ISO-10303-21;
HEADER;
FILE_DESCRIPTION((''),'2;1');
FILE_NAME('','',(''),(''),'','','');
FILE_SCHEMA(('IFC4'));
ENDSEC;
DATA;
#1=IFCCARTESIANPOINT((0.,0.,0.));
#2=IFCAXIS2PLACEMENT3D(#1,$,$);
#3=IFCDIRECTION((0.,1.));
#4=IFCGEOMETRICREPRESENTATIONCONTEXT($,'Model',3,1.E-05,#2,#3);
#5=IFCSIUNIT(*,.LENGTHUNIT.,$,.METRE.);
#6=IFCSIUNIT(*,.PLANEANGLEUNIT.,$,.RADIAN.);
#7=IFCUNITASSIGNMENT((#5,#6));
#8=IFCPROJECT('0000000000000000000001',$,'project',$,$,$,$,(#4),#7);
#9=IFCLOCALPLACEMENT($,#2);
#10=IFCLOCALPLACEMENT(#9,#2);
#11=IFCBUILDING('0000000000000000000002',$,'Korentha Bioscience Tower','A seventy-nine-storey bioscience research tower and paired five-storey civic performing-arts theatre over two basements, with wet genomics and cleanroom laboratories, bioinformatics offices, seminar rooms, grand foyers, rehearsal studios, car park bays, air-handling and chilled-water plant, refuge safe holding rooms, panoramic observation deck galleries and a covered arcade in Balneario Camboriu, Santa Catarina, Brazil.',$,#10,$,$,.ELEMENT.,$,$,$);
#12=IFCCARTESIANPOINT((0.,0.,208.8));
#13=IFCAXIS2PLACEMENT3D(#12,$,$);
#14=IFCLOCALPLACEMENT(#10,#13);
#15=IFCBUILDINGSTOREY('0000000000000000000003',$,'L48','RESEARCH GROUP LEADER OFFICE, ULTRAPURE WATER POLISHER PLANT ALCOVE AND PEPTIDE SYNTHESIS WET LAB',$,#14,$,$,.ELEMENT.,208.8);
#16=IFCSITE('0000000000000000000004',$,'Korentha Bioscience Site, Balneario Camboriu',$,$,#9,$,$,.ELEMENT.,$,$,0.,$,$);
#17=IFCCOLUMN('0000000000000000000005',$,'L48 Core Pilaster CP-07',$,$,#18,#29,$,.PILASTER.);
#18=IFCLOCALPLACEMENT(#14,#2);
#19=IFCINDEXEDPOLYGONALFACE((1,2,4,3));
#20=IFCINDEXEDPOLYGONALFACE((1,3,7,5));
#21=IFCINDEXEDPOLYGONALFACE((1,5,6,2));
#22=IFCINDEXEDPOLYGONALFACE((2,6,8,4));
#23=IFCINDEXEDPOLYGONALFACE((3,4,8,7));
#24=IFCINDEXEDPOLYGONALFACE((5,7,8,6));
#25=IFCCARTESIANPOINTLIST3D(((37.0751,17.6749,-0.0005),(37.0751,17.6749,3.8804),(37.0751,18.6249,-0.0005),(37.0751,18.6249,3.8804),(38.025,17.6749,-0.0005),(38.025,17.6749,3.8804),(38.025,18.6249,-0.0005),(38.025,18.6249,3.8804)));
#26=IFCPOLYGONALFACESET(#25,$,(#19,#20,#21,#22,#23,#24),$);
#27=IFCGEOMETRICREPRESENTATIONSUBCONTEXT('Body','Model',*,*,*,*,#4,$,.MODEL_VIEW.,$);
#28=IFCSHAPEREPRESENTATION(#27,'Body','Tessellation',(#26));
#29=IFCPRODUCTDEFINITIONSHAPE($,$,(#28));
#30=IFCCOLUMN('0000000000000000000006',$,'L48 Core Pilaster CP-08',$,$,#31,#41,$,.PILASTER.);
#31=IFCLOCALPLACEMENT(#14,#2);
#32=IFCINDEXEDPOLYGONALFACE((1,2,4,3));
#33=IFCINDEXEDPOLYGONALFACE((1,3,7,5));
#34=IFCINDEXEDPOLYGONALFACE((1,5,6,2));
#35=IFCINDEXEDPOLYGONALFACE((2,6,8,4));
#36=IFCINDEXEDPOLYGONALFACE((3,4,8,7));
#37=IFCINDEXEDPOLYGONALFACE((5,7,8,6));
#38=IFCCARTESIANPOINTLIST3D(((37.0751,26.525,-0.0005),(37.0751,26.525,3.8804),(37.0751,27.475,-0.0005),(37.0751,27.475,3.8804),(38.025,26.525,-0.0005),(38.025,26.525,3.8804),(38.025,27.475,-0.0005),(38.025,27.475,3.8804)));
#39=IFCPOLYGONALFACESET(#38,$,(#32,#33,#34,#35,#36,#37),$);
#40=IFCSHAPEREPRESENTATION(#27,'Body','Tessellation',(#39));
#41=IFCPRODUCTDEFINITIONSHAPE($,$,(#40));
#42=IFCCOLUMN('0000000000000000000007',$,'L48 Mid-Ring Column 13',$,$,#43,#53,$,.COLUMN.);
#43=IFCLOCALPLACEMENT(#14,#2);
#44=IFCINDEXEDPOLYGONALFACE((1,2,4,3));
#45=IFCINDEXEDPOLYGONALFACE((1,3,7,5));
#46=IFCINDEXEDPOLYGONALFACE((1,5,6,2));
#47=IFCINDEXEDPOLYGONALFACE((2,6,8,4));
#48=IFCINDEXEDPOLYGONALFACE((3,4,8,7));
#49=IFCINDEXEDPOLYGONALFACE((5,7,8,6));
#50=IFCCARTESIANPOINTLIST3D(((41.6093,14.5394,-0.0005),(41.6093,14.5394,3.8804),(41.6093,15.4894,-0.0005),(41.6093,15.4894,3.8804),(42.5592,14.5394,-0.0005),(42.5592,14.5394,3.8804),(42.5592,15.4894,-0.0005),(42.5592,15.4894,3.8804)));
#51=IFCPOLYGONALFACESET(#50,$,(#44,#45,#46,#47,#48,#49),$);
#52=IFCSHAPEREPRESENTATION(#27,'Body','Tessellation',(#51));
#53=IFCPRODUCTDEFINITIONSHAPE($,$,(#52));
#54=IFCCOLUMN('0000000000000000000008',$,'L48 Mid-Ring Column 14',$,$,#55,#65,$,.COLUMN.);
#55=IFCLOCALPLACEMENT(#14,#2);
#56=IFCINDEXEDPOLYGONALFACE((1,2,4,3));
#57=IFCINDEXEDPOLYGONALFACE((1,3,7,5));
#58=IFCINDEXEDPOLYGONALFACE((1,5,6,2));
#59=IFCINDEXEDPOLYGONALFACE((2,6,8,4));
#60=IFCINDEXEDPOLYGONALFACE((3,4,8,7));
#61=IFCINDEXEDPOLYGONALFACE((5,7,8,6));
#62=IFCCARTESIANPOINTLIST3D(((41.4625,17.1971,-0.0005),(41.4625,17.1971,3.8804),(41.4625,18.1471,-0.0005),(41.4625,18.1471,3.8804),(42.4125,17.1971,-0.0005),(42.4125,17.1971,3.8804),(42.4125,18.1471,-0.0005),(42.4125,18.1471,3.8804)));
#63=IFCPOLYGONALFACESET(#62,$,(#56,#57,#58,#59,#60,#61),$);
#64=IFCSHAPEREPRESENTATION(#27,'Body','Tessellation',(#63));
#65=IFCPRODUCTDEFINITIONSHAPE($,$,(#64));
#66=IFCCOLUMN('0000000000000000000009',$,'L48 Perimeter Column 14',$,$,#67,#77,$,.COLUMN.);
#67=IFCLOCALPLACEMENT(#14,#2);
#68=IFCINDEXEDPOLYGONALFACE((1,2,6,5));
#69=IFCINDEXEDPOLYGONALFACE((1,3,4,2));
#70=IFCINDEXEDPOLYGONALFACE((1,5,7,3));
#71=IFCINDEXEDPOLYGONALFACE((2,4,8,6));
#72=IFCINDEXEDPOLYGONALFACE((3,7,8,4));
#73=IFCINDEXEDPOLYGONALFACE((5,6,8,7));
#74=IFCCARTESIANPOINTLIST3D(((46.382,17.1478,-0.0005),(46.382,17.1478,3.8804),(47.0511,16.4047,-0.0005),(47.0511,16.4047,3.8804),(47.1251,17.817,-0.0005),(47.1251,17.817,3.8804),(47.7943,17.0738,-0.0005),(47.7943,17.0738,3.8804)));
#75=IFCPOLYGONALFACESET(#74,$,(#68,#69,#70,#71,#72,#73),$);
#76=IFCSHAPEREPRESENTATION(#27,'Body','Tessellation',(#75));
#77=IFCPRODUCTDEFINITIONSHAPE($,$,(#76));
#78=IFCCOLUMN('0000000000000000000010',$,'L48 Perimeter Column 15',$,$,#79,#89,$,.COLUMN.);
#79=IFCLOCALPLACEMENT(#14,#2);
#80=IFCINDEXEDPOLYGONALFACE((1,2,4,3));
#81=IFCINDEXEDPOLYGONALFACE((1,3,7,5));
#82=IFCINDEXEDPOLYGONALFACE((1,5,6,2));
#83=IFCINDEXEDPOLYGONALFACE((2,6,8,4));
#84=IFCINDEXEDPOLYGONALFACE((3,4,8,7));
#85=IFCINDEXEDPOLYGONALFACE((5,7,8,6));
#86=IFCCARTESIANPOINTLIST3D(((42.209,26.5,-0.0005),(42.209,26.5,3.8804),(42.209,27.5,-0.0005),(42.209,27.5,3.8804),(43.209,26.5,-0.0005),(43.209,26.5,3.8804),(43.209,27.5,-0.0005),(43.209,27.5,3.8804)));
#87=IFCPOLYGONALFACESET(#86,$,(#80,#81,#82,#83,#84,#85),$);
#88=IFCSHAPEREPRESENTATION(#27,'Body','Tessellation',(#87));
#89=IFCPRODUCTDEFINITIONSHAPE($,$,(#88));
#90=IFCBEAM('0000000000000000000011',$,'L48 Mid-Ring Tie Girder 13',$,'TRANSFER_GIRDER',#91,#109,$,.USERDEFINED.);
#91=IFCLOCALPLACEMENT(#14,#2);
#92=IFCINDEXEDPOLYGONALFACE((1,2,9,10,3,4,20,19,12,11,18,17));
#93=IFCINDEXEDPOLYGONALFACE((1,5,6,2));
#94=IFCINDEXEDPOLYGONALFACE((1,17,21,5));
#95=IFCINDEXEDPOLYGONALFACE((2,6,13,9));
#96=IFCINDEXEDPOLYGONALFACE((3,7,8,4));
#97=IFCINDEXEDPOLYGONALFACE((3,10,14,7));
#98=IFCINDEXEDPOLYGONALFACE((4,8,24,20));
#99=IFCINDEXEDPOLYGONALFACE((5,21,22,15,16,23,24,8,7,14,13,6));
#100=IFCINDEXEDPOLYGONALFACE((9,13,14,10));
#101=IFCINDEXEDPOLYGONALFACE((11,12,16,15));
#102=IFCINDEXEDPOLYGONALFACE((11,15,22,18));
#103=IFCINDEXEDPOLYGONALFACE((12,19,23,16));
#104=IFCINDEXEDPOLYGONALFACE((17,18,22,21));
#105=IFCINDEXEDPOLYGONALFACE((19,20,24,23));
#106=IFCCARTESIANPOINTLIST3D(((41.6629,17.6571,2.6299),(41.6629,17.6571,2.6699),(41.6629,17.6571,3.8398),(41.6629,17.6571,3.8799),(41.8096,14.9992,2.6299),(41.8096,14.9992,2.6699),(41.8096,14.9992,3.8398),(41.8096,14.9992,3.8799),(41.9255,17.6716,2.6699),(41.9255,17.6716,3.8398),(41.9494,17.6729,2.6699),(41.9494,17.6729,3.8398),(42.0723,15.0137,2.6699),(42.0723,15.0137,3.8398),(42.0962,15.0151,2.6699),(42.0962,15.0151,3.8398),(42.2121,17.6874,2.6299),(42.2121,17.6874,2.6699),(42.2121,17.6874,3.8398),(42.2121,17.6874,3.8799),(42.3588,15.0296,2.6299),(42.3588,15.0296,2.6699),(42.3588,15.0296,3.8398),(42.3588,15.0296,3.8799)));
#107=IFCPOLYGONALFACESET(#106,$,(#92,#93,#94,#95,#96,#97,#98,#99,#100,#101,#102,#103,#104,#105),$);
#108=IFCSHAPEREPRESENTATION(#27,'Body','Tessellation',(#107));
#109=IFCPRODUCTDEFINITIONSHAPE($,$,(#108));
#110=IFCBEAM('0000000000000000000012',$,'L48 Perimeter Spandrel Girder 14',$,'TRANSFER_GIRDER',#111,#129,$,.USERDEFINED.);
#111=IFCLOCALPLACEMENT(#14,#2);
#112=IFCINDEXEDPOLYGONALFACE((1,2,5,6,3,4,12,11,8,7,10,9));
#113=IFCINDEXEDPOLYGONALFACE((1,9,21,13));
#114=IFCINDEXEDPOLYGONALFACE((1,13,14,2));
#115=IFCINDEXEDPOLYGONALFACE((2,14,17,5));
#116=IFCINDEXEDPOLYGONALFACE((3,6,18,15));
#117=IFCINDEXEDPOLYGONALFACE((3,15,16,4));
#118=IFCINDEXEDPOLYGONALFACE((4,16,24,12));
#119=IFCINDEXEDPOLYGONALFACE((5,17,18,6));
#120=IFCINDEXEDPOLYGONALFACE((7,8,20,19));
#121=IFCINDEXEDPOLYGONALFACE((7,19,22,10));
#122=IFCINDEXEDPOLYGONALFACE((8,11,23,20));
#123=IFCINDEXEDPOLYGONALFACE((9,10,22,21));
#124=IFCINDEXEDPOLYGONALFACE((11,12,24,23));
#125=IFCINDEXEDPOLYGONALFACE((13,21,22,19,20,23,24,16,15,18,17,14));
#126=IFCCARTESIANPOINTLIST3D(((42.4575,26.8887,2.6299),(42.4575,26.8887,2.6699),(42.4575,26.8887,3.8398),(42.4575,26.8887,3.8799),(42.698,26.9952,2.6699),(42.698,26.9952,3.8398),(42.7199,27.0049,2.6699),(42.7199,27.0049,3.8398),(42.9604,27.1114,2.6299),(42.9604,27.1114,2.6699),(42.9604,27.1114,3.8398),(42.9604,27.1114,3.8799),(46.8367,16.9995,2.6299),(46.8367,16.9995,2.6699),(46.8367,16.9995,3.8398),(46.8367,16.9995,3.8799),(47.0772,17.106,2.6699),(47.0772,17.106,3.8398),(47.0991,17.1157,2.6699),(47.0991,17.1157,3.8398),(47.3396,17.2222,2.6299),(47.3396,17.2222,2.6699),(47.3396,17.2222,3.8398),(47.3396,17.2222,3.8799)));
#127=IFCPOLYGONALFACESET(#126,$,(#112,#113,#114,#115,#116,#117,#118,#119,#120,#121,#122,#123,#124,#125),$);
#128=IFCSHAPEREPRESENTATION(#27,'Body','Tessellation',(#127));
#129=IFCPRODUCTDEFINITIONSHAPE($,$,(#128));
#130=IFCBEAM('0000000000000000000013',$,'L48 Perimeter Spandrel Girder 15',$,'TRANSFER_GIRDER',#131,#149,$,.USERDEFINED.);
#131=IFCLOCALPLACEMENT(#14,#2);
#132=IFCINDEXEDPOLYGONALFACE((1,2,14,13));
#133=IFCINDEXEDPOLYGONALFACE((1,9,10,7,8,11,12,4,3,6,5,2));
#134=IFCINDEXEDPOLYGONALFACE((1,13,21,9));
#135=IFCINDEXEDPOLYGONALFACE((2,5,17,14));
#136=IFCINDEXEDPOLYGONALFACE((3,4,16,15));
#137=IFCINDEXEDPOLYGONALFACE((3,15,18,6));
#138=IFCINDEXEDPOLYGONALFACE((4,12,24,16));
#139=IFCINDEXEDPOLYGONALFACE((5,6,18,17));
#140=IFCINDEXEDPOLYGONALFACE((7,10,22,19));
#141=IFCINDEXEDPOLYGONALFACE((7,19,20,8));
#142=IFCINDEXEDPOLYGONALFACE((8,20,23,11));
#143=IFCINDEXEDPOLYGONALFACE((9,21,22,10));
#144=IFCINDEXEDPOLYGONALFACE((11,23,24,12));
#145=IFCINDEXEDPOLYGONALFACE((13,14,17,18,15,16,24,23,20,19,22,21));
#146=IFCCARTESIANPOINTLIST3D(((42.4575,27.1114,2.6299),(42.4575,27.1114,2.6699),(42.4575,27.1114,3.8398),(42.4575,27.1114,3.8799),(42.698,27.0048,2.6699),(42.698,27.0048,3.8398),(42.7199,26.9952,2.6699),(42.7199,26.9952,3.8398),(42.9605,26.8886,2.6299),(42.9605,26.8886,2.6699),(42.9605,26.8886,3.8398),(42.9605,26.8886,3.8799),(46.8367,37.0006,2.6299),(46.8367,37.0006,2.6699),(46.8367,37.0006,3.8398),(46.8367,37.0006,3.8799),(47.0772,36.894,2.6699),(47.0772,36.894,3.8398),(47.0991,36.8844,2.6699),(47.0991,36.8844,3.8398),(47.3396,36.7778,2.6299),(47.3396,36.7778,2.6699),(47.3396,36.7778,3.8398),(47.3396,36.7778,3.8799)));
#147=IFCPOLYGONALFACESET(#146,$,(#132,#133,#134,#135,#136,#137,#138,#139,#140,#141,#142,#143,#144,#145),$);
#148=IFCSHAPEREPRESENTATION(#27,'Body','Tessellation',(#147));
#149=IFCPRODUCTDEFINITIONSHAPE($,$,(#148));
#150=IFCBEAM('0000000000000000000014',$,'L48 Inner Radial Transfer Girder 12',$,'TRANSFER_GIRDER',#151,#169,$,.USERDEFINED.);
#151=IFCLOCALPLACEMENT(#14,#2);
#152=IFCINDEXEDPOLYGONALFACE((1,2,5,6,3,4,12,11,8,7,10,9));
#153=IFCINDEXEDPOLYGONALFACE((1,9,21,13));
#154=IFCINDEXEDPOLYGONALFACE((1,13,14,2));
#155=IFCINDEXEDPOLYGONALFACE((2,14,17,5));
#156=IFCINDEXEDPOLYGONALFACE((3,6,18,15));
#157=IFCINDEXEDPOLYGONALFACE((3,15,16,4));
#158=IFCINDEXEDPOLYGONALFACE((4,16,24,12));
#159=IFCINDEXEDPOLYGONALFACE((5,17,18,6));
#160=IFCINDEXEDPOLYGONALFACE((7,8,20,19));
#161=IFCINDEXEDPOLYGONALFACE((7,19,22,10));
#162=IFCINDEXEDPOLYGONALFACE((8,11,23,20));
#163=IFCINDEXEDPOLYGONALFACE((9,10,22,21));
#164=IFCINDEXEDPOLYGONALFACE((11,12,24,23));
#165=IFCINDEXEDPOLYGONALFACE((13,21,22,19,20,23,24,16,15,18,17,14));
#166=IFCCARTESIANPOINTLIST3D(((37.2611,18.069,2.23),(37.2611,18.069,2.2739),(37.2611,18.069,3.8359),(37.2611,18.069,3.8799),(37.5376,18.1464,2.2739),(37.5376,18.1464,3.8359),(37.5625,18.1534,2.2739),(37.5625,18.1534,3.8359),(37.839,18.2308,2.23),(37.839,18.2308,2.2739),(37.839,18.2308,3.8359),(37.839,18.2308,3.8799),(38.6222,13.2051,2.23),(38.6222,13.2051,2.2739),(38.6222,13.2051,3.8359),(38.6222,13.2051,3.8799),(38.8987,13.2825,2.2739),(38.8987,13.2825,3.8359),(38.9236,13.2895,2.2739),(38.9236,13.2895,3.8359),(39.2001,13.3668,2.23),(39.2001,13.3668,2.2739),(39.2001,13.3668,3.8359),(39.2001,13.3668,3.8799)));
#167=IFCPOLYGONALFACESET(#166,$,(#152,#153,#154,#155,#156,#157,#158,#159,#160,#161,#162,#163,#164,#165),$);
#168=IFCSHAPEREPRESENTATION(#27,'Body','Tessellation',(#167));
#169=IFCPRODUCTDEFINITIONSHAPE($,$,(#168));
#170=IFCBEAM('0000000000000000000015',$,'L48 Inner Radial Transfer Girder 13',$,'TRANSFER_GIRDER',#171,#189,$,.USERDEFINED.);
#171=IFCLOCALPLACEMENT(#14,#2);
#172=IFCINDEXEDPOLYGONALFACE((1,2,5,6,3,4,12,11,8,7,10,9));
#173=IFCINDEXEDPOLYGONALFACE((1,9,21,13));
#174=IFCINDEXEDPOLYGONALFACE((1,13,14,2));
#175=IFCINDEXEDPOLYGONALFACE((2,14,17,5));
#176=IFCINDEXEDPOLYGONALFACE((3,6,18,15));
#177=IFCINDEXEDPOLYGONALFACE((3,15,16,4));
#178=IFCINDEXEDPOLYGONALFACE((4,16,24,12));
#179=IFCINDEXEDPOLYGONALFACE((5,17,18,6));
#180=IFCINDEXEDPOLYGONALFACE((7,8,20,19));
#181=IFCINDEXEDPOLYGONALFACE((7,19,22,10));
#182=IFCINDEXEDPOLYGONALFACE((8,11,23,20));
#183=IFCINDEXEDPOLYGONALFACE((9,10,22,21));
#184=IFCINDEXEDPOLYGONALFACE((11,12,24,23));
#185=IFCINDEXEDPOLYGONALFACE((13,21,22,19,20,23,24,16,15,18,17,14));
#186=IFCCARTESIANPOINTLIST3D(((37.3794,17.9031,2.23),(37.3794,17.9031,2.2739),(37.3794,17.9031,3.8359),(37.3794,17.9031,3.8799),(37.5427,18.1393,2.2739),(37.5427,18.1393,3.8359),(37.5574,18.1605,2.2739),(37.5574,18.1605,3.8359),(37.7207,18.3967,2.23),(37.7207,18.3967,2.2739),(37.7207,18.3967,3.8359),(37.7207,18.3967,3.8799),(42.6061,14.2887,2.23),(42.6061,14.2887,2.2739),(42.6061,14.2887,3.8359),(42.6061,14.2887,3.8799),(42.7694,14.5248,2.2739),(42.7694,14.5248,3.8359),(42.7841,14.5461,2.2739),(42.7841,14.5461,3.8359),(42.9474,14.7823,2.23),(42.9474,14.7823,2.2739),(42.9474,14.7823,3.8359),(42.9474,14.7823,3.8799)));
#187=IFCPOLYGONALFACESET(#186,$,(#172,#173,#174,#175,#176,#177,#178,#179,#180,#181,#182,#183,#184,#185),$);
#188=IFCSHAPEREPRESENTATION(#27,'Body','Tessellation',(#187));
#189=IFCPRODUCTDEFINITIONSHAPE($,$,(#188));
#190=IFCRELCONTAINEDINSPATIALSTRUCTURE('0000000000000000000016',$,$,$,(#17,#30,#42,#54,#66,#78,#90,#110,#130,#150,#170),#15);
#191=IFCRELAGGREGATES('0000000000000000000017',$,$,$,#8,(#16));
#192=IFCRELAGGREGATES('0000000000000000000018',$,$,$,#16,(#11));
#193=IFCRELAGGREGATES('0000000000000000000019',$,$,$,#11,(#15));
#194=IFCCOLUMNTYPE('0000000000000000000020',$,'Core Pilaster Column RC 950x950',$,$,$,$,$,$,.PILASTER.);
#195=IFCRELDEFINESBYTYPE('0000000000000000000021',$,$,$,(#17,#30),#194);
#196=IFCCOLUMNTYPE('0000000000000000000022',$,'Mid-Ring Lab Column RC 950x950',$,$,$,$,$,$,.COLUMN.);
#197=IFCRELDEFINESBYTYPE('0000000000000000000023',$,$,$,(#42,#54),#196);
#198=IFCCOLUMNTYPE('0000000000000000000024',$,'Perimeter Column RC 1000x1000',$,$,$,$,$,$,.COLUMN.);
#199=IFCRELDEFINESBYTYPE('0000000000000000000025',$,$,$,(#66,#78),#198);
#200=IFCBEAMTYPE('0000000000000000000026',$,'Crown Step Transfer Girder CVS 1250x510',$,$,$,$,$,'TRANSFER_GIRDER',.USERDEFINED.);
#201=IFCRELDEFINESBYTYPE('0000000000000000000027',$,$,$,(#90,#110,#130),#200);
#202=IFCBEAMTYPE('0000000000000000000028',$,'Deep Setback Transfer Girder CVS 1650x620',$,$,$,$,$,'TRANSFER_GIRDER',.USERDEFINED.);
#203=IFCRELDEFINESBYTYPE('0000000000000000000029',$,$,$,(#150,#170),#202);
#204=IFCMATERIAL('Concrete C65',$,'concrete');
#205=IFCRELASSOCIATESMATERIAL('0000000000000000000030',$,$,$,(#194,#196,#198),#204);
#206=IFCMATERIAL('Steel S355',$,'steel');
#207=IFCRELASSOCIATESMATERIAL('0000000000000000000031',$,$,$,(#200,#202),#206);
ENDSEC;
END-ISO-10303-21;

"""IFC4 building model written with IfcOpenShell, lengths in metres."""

from ifc_helpers import new_model, si_unit, direction, frame, origin, origin_2d, place, context, subcontext, project, spatial, rectangle, i_section, extrude, material, material_profile, profile_set, type_object, element, save


model = new_model("IFC4")

# Units and contexts
model_context = context("Model", 3, precision=1e-05, world=origin(), true_north=direction((0.0, 1.0)))
body_context = subcontext(model_context, "Body", "Model", "MODEL_VIEW")
ifc_project = project(units=[si_unit("LENGTHUNIT", "METRE"), si_unit("PLANEANGLEUNIT", "RADIAN")], contexts=[model_context])

# Site, building, storey
site_placement = place(None, origin())
site = spatial("IfcSite", under=ifc_project, at=site_placement, Name="Korentha Bioscience Site, Balneario Camboriu", CompositionType="ELEMENT", RefElevation=0.0)
building_placement = place(site_placement, origin())
building = spatial("IfcBuilding", under=site, at=building_placement, Name="Korentha Bioscience Tower", Description="A seventy-nine-storey bioscience research tower and paired five-storey civic performing-arts theatre over two basements, with wet genomics and cleanroom laboratories, bioinformatics offices, seminar rooms, grand foyers, rehearsal studios, car park bays, air-handling and chilled-water plant, refuge safe holding rooms, panoramic observation deck galleries and a covered arcade in Balneario Camboriu, Santa Catarina, Brazil.", CompositionType="ELEMENT")
storey_placement = place(building_placement, frame((0.0, 0.0, 208.8)))
storey = spatial("IfcBuildingStorey", under=building, at=storey_placement, Name="L48", Description="RESEARCH GROUP LEADER OFFICE, ULTRAPURE WATER POLISHER PLANT ALCOVE AND PEPTIDE SYNTHESIS WET LAB", CompositionType="ELEMENT", Elevation=208.8)

# Columns
ifc_material_1 = material(Name="Concrete C65", Category="concrete")
ifc_material_profile_1 = material_profile(ifc_material_1, rectangle(XDim=0.95, YDim=0.95, at=origin_2d()), Name="Concrete C65")
ifc_profile_set_1 = profile_set([ifc_material_profile_1], Name="Concrete C65 (COL-CP09)")
column_type_1 = type_object("IfcColumnType", Name="Core Pilaster Column RC 950x950", PredefinedType="PILASTER", material=ifc_profile_set_1)
for number, where, z_axis, x_axis, name in (
    (1, (37.55, 18.1499, -0.0005), (0.0, 0.0, 1.0), (1.0, 0.0, 0.0), "L48 Core Pilaster CP-07"),
    (2, (37.55, 27.0, -0.0005), (0.0, 0.0, 1.0), (1.0, 0.0, 0.0), "L48 Core Pilaster CP-08"),
):
    element("IfcColumn", number, at=place(storey_placement, frame(where, z_axis=z_axis, x_axis=x_axis)), inside=storey, type_object=column_type_1, Name=name, PredefinedType="PILASTER", context=body_context, shape_type="SweptSolid", body=[
        extrude(rectangle(XDim=0.95, YDim=0.95, at=origin_2d()), origin(), (0.0, 0.0, 1.0), 3.8809),
    ])
ifc_material_profile_2 = material_profile(ifc_material_1, rectangle(XDim=0.95, YDim=0.95, at=origin_2d()), Name="Concrete C65")
ifc_profile_set_2 = profile_set([ifc_material_profile_2], Name="Concrete C65 (COL-MR09)")
column_type_2 = type_object("IfcColumnType", Name="Mid-Ring Lab Column RC 950x950", PredefinedType="COLUMN", material=ifc_profile_set_2)
for number, where, z_axis, x_axis, name in (
    (3, (42.0842, 15.0144, -0.0005), (0.0, 0.0, 1.0), (1.0, 0.0, 0.0), "L48 Mid-Ring Column 13"),
    (4, (41.9375, 17.6721, -0.0005), (0.0, 0.0, 1.0), (1.0, 0.0, 0.0), "L48 Mid-Ring Column 14"),
):
    element("IfcColumn", number, at=place(storey_placement, frame(where, z_axis=z_axis, x_axis=x_axis)), inside=storey, type_object=column_type_2, Name=name, PredefinedType="COLUMN", context=body_context, shape_type="SweptSolid", body=[
        extrude(rectangle(XDim=0.95, YDim=0.95, at=origin_2d()), origin(), (0.0, 0.0, 1.0), 3.8809),
    ])
ifc_material_profile_3 = material_profile(ifc_material_1, rectangle(XDim=1.0, YDim=1.0, at=origin_2d()), Name="Concrete C65")
ifc_profile_set_3 = profile_set([ifc_material_profile_3], Name="Concrete C65 (COL-P10)")
column_type_3 = type_object("IfcColumnType", Name="Perimeter Column RC 1000x1000", PredefinedType="COLUMN", material=ifc_profile_set_3)
for number, where, z_axis, x_axis, name in (
    (5, (47.0881, 17.1108, -0.0005), (0.0, 0.0, 1.0), (-0.669131, 0.743145, 0.0), "L48 Perimeter Column 14"),
    (6, (42.709, 27.0, -0.0005), (0.0, 0.0, 1.0), (0.0, 1.0, 0.0), "L48 Perimeter Column 15"),
):
    element("IfcColumn", number, at=place(storey_placement, frame(where, z_axis=z_axis, x_axis=x_axis)), inside=storey, type_object=column_type_3, Name=name, PredefinedType="COLUMN", context=body_context, shape_type="SweptSolid", body=[
        extrude(rectangle(XDim=1.0, YDim=1.0, at=origin_2d()), origin(), (0.0, 0.0, 1.0), 3.8809),
    ])

# Beams
ifc_material_2 = material(Name="Steel S355", Category="steel")
ifc_material_profile_4 = material_profile(ifc_material_2, i_section(OverallWidth=0.55, OverallDepth=1.25, WebThickness=0.0239, FlangeThickness=0.04, at=origin_2d()), Name="Steel S355")
ifc_profile_set_4 = profile_set([ifc_material_profile_4], Name="Steel S355 (TG-03)")
beam_type_1 = type_object("IfcBeamType", Name="Crown Step Transfer Girder CVS 1250x510", ElementType="TRANSFER_GIRDER", PredefinedType="USERDEFINED", material=ifc_profile_set_4)
beam_1_placement = place(storey_placement, frame((42.0842, 15.0144, 3.2549), z_axis=(-0.055125, 0.998479, 0.0), x_axis=(-0.998479, -0.055125, 0.0)))
element("IfcBeam", 7, at=beam_1_placement, inside=storey, type_object=beam_type_1, Name="L48 Mid-Ring Tie Girder 13", ObjectType="TRANSFER_GIRDER", PredefinedType="USERDEFINED", context=body_context, shape_type="SweptSolid", body=[
    extrude(i_section(OverallWidth=0.55, OverallDepth=1.25, WebThickness=0.0239, FlangeThickness=0.04, at=origin_2d()), origin(), (0.0, 0.0, 1.0), 2.6619),
])
for number, where, z_axis, x_axis, name in (
    (8, (47.0881, 17.1108, 3.2549), (-0.4049, 0.914361, 0.0), (-0.914361, -0.4049, 0.0), "L48 Perimeter Spandrel Girder 14"),
    (9, (42.709, 27.0, 3.2549), (0.4049, 0.914361, 0.0), (-0.914361, 0.4049, 0.0), "L48 Perimeter Spandrel Girder 15"),
):
    element("IfcBeam", number, at=place(storey_placement, frame(where, z_axis=z_axis, x_axis=x_axis)), inside=storey, type_object=beam_type_1, Name=name, ObjectType="TRANSFER_GIRDER", PredefinedType="USERDEFINED", context=body_context, shape_type="SweptSolid", body=[
        extrude(i_section(OverallWidth=0.55, OverallDepth=1.25, WebThickness=0.0239, FlangeThickness=0.04, at=origin_2d()), origin(), (0.0, 0.0, 1.0), 10.8154),
    ])
ifc_material_profile_5 = material_profile(ifc_material_2, i_section(OverallWidth=0.6001, OverallDepth=1.6499, WebThickness=0.0259, FlangeThickness=0.0439, at=origin_2d()), Name="Steel S355")
ifc_profile_set_5 = profile_set([ifc_material_profile_5], Name="Steel S355 (TG-04)")
beam_type_2 = type_object("IfcBeamType", Name="Deep Setback Transfer Girder CVS 1650x620", ElementType="TRANSFER_GIRDER", PredefinedType="USERDEFINED", material=ifc_profile_set_5)
beam_2_placement = place(storey_placement, frame((37.55, 18.1499, 3.0549), z_axis=(0.269476, -0.963007, 0.0), x_axis=(0.963007, 0.269476, 0.0)))
element("IfcBeam", 10, at=beam_2_placement, inside=storey, type_object=beam_type_2, Name="L48 Inner Radial Transfer Girder 12", ObjectType="TRANSFER_GIRDER", PredefinedType="USERDEFINED", context=body_context, shape_type="SweptSolid", body=[
    extrude(i_section(OverallWidth=0.6001, OverallDepth=1.6499, WebThickness=0.0259, FlangeThickness=0.0439, at=origin_2d()), origin(), (0.0, 0.0, 1.0), 5.0508),
])
beam_3_placement = place(storey_placement, frame((37.55, 18.1499, 3.0549), z_axis=(0.822491, -0.568778, 0.0), x_axis=(0.568778, 0.822491, 0.0)))
element("IfcBeam", 11, at=beam_3_placement, inside=storey, type_object=beam_type_2, Name="L48 Inner Radial Transfer Girder 13", ObjectType="TRANSFER_GIRDER", PredefinedType="USERDEFINED", context=body_context, shape_type="SweptSolid", body=[
    extrude(i_section(OverallWidth=0.6001, OverallDepth=1.6499, WebThickness=0.0259, FlangeThickness=0.0439, at=origin_2d()), origin(), (0.0, 0.0, 1.0), 6.3547),
])

save(model, "model.ifc")
